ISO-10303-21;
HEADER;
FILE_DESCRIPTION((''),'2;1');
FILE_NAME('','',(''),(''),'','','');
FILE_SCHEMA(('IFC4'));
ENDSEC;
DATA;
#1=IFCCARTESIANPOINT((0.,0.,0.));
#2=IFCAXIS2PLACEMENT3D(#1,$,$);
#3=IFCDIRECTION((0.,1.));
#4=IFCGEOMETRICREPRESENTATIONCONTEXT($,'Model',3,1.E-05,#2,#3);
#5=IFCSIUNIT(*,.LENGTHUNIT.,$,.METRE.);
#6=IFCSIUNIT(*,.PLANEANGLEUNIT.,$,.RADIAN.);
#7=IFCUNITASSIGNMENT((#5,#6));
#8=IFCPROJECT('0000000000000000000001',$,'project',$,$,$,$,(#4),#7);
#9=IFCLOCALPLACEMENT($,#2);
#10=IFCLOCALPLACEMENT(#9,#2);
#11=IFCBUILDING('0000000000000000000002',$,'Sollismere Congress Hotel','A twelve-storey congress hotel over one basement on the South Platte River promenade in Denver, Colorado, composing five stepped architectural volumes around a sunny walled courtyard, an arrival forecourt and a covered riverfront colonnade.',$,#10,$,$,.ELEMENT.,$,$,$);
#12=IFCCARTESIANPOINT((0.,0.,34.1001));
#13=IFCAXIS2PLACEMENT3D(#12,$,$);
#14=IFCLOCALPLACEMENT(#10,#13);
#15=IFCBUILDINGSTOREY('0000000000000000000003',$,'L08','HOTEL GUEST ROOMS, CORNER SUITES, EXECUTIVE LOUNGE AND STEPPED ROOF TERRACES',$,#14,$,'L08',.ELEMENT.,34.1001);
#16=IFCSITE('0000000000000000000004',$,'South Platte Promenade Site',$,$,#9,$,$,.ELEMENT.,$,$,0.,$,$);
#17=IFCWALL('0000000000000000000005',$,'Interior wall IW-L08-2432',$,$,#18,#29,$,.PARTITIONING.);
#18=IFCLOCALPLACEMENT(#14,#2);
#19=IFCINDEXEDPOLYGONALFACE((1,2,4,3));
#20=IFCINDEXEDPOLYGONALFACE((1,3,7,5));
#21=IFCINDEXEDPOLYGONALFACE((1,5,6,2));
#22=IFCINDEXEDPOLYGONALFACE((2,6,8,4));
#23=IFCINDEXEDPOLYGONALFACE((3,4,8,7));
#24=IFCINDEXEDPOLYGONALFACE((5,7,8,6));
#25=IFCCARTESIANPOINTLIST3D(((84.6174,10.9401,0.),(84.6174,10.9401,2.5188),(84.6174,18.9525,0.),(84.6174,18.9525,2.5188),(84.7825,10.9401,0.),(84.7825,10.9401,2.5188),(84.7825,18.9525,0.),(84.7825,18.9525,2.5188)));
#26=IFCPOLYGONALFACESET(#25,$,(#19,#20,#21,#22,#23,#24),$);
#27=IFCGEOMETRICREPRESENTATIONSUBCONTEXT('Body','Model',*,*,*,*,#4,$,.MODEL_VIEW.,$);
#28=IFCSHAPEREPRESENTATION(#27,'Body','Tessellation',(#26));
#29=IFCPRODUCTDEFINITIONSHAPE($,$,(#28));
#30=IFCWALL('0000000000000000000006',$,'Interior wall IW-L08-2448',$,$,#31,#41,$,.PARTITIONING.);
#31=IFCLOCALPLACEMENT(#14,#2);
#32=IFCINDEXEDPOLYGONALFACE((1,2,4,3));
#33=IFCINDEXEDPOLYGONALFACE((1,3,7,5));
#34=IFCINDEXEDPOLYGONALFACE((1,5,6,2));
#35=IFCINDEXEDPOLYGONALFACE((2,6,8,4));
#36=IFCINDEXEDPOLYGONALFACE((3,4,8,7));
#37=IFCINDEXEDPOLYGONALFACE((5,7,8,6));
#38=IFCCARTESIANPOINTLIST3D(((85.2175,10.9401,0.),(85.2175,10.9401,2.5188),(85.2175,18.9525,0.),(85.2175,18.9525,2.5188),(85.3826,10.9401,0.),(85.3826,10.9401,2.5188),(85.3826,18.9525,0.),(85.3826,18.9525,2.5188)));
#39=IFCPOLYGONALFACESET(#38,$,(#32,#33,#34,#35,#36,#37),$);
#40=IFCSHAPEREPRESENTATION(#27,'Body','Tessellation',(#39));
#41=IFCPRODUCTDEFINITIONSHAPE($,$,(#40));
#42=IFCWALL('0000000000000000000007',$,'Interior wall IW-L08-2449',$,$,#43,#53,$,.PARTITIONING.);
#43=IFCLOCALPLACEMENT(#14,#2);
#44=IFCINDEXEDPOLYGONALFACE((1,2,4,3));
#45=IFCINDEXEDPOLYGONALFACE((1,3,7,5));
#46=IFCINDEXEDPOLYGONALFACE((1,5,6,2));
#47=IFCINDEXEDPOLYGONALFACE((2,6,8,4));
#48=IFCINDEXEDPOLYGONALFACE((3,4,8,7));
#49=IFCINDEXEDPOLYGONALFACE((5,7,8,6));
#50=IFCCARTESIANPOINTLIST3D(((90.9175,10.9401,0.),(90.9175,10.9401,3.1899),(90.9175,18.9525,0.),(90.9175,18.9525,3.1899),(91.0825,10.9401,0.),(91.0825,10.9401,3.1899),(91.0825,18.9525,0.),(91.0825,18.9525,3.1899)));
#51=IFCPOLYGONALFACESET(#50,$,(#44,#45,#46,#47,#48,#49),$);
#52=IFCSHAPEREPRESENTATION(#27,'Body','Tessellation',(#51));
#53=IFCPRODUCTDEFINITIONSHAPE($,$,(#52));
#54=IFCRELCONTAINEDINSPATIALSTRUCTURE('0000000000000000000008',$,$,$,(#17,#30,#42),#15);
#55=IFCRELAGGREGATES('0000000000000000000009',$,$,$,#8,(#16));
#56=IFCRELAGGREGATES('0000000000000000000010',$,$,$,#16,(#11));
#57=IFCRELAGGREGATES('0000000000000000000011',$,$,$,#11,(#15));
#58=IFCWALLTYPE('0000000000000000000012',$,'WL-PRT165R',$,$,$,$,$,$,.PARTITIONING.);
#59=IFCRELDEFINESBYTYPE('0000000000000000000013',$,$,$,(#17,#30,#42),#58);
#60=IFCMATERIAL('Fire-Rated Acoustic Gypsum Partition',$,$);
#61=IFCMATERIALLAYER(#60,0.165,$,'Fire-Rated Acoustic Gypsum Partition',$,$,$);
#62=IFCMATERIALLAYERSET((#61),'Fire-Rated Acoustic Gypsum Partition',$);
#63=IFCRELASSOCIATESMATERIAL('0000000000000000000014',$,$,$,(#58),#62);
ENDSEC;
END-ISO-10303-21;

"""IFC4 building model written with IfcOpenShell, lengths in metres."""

from ifc_helpers import new_model, si_unit, direction, frame, frame_2d, origin, place, context, subcontext, project, spatial, rectangle, extrude, material, layer, layer_set, type_object, element, save


model = new_model("IFC4")

# Units and contexts
model_context = context("Model", 3, precision=1e-05, world=origin(), true_north=direction((0.0, 1.0)))
body_context = subcontext(model_context, "Body", "Model", "MODEL_VIEW")
ifc_project = project(units=[si_unit("LENGTHUNIT", "METRE"), si_unit("PLANEANGLEUNIT", "RADIAN")], contexts=[model_context])

# Site, building, storey
site_placement = place(None, origin())
site = spatial("IfcSite", under=ifc_project, at=site_placement, Name="South Platte Promenade Site", CompositionType="ELEMENT", RefElevation=0.0)
building_placement = place(site_placement, origin())
building = spatial("IfcBuilding", under=site, at=building_placement, Name="Sollismere Congress Hotel", Description="A twelve-storey congress hotel over one basement on the South Platte River promenade in Denver, Colorado, composing five stepped architectural volumes around a sunny walled courtyard, an arrival forecourt and a covered riverfront colonnade.", CompositionType="ELEMENT")
storey_placement = place(building_placement, frame((0.0, 0.0, 34.1001)))
storey = spatial("IfcBuildingStorey", under=building, at=storey_placement, Name="L08", Description="HOTEL GUEST ROOMS, CORNER SUITES, EXECUTIVE LOUNGE AND STEPPED ROOF TERRACES", LongName="L08", CompositionType="ELEMENT", Elevation=34.1001)

# Walls
ifc_material_1 = material(Name="Fire-Rated Acoustic Gypsum Partition")
ifc_layer_1 = layer(ifc_material_1, 0.165, Name="Fire-Rated Acoustic Gypsum Partition")
ifc_layer_set_1 = layer_set([ifc_layer_1], Name="Fire-Rated Acoustic Gypsum Partition")
wall_type_1 = type_object("IfcWallType", Name="WL-PRT165R", PredefinedType="PARTITIONING", material=ifc_layer_set_1)
for number, where, z_axis, x_axis, name in (
    (1, (84.7, 10.9399, 0.0), (0.0, 0.0, 1.0), (0.0, 1.0, 0.0), "Interior wall IW-L08-2432"),
    (2, (85.3, 10.9399, 0.0), (0.0, 0.0, 1.0), (0.0, 1.0, 0.0), "Interior wall IW-L08-2448"),
):
    element("IfcWall", number, at=place(storey_placement, frame(where, z_axis=z_axis, x_axis=x_axis)), inside=storey, type_object=wall_type_1, Name=name, PredefinedType="PARTITIONING", context=body_context, shape_type="SweptSolid", body=[
        extrude(rectangle(XDim=8.0125, YDim=0.165, at=frame_2d((4.0063, 0.0))), origin(), (0.0, 0.0, 1.0), 2.5188),
    ])
wall_1_placement = place(storey_placement, frame((91.0, 10.9399, 0.0), z_axis=(0.0, 0.0, 1.0), x_axis=(0.0, 1.0, 0.0)))
element("IfcWall", 3, at=wall_1_placement, inside=storey, type_object=wall_type_1, Name="Interior wall IW-L08-2449", PredefinedType="PARTITIONING", context=body_context, shape_type="SweptSolid", body=[
    extrude(rectangle(XDim=8.0125, YDim=0.165, at=frame_2d((4.0063, 0.0))), origin(), (0.0, 0.0, 1.0), 3.1899),
])

save(model, "model.ifc")
